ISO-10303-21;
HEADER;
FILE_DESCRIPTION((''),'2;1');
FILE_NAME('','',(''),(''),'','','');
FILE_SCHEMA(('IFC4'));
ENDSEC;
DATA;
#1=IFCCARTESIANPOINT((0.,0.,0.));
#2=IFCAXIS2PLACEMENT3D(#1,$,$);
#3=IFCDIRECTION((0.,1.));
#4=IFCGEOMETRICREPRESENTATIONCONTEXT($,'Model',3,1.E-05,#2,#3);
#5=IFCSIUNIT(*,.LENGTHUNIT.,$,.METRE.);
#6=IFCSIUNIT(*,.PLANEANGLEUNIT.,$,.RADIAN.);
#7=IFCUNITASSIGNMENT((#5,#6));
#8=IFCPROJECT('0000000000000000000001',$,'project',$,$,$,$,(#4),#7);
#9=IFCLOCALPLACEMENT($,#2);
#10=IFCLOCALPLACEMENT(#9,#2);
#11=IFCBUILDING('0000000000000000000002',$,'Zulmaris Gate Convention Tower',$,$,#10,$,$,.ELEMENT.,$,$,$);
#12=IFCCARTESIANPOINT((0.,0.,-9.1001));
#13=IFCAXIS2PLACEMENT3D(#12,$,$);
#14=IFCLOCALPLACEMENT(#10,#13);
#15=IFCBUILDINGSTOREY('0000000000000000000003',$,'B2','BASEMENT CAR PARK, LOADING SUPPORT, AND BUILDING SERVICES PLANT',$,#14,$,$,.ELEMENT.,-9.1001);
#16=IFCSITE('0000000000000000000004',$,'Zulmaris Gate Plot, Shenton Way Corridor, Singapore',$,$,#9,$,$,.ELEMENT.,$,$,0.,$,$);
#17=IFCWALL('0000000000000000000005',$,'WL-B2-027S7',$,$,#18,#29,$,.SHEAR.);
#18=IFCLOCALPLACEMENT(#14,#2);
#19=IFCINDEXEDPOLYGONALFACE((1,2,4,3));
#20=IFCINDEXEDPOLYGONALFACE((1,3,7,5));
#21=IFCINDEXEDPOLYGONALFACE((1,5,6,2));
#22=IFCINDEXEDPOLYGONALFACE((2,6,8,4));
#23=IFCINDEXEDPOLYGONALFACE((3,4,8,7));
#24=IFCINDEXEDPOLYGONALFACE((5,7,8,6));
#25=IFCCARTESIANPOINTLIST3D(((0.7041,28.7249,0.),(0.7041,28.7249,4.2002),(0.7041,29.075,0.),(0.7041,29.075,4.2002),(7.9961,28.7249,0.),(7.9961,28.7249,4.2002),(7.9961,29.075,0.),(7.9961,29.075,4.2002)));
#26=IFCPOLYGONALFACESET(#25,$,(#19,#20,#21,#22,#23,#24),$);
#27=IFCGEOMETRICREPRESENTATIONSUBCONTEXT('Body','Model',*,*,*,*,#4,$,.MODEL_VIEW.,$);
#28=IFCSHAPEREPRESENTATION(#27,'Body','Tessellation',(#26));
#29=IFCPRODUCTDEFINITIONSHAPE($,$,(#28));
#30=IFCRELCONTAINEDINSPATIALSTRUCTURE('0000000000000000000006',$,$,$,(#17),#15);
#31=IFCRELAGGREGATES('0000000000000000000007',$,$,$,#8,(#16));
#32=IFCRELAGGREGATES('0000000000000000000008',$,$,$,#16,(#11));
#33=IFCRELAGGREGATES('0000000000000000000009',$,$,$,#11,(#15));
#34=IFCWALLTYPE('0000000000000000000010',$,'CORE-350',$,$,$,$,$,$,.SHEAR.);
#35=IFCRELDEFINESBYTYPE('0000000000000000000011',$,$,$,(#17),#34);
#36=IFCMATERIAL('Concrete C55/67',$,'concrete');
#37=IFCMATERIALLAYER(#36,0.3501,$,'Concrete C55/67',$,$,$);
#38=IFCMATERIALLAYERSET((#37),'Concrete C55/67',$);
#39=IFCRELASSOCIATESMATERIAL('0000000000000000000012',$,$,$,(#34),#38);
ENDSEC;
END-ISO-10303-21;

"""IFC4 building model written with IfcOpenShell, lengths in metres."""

from ifc_helpers import new_model, si_unit, direction, frame, frame_2d, origin, place, context, subcontext, project, spatial, rectangle, extrude, material, layer, layer_set, type_object, element, save


model = new_model("IFC4")

# Units and contexts
model_context = context("Model", 3, precision=1e-05, world=origin(), true_north=direction((0.0, 1.0)))
body_context = subcontext(model_context, "Body", "Model", "MODEL_VIEW")
ifc_project = project(units=[si_unit("LENGTHUNIT", "METRE"), si_unit("PLANEANGLEUNIT", "RADIAN")], contexts=[model_context])

# Site, building, storey
site_placement = place(None, origin())
site = spatial("IfcSite", under=ifc_project, at=site_placement, Name="Zulmaris Gate Plot, Shenton Way Corridor, Singapore", CompositionType="ELEMENT", RefElevation=0.0)
building_placement = place(site_placement, origin())
building = spatial("IfcBuilding", under=site, at=building_placement, Name="Zulmaris Gate Convention Tower", CompositionType="ELEMENT")
storey_placement = place(building_placement, frame((0.0, 0.0, -9.1001)))
storey = spatial("IfcBuildingStorey", under=building, at=storey_placement, Name="B2", Description="BASEMENT CAR PARK, LOADING SUPPORT, AND BUILDING SERVICES PLANT", CompositionType="ELEMENT", Elevation=-9.1001)

# Wall
ifc_material_1 = material(Name="Concrete C55/67", Category="concrete")
ifc_layer = layer(ifc_material_1, 0.3501, Name="Concrete C55/67")
ifc_layer_set = layer_set([ifc_layer], Name="Concrete C55/67")
wall_type = type_object("IfcWallType", Name="CORE-350", PredefinedType="SHEAR", material=ifc_layer_set)
wall_placement = place(storey_placement, frame((0.7041, 28.8999, 0.0), z_axis=(0.0, 0.0, 1.0), x_axis=(1.0, 0.0, 0.0)))
element("IfcWall", 1, at=wall_placement, inside=storey, type_object=wall_type, Name="WL-B2-027S7", PredefinedType="SHEAR", context=body_context, shape_type="SweptSolid", body=[
    extrude(rectangle(XDim=7.292, YDim=0.3501, at=frame_2d((3.646, 0.0))), origin(), (0.0, 0.0, 1.0), 4.2002),
])

save(model, "model.ifc")
